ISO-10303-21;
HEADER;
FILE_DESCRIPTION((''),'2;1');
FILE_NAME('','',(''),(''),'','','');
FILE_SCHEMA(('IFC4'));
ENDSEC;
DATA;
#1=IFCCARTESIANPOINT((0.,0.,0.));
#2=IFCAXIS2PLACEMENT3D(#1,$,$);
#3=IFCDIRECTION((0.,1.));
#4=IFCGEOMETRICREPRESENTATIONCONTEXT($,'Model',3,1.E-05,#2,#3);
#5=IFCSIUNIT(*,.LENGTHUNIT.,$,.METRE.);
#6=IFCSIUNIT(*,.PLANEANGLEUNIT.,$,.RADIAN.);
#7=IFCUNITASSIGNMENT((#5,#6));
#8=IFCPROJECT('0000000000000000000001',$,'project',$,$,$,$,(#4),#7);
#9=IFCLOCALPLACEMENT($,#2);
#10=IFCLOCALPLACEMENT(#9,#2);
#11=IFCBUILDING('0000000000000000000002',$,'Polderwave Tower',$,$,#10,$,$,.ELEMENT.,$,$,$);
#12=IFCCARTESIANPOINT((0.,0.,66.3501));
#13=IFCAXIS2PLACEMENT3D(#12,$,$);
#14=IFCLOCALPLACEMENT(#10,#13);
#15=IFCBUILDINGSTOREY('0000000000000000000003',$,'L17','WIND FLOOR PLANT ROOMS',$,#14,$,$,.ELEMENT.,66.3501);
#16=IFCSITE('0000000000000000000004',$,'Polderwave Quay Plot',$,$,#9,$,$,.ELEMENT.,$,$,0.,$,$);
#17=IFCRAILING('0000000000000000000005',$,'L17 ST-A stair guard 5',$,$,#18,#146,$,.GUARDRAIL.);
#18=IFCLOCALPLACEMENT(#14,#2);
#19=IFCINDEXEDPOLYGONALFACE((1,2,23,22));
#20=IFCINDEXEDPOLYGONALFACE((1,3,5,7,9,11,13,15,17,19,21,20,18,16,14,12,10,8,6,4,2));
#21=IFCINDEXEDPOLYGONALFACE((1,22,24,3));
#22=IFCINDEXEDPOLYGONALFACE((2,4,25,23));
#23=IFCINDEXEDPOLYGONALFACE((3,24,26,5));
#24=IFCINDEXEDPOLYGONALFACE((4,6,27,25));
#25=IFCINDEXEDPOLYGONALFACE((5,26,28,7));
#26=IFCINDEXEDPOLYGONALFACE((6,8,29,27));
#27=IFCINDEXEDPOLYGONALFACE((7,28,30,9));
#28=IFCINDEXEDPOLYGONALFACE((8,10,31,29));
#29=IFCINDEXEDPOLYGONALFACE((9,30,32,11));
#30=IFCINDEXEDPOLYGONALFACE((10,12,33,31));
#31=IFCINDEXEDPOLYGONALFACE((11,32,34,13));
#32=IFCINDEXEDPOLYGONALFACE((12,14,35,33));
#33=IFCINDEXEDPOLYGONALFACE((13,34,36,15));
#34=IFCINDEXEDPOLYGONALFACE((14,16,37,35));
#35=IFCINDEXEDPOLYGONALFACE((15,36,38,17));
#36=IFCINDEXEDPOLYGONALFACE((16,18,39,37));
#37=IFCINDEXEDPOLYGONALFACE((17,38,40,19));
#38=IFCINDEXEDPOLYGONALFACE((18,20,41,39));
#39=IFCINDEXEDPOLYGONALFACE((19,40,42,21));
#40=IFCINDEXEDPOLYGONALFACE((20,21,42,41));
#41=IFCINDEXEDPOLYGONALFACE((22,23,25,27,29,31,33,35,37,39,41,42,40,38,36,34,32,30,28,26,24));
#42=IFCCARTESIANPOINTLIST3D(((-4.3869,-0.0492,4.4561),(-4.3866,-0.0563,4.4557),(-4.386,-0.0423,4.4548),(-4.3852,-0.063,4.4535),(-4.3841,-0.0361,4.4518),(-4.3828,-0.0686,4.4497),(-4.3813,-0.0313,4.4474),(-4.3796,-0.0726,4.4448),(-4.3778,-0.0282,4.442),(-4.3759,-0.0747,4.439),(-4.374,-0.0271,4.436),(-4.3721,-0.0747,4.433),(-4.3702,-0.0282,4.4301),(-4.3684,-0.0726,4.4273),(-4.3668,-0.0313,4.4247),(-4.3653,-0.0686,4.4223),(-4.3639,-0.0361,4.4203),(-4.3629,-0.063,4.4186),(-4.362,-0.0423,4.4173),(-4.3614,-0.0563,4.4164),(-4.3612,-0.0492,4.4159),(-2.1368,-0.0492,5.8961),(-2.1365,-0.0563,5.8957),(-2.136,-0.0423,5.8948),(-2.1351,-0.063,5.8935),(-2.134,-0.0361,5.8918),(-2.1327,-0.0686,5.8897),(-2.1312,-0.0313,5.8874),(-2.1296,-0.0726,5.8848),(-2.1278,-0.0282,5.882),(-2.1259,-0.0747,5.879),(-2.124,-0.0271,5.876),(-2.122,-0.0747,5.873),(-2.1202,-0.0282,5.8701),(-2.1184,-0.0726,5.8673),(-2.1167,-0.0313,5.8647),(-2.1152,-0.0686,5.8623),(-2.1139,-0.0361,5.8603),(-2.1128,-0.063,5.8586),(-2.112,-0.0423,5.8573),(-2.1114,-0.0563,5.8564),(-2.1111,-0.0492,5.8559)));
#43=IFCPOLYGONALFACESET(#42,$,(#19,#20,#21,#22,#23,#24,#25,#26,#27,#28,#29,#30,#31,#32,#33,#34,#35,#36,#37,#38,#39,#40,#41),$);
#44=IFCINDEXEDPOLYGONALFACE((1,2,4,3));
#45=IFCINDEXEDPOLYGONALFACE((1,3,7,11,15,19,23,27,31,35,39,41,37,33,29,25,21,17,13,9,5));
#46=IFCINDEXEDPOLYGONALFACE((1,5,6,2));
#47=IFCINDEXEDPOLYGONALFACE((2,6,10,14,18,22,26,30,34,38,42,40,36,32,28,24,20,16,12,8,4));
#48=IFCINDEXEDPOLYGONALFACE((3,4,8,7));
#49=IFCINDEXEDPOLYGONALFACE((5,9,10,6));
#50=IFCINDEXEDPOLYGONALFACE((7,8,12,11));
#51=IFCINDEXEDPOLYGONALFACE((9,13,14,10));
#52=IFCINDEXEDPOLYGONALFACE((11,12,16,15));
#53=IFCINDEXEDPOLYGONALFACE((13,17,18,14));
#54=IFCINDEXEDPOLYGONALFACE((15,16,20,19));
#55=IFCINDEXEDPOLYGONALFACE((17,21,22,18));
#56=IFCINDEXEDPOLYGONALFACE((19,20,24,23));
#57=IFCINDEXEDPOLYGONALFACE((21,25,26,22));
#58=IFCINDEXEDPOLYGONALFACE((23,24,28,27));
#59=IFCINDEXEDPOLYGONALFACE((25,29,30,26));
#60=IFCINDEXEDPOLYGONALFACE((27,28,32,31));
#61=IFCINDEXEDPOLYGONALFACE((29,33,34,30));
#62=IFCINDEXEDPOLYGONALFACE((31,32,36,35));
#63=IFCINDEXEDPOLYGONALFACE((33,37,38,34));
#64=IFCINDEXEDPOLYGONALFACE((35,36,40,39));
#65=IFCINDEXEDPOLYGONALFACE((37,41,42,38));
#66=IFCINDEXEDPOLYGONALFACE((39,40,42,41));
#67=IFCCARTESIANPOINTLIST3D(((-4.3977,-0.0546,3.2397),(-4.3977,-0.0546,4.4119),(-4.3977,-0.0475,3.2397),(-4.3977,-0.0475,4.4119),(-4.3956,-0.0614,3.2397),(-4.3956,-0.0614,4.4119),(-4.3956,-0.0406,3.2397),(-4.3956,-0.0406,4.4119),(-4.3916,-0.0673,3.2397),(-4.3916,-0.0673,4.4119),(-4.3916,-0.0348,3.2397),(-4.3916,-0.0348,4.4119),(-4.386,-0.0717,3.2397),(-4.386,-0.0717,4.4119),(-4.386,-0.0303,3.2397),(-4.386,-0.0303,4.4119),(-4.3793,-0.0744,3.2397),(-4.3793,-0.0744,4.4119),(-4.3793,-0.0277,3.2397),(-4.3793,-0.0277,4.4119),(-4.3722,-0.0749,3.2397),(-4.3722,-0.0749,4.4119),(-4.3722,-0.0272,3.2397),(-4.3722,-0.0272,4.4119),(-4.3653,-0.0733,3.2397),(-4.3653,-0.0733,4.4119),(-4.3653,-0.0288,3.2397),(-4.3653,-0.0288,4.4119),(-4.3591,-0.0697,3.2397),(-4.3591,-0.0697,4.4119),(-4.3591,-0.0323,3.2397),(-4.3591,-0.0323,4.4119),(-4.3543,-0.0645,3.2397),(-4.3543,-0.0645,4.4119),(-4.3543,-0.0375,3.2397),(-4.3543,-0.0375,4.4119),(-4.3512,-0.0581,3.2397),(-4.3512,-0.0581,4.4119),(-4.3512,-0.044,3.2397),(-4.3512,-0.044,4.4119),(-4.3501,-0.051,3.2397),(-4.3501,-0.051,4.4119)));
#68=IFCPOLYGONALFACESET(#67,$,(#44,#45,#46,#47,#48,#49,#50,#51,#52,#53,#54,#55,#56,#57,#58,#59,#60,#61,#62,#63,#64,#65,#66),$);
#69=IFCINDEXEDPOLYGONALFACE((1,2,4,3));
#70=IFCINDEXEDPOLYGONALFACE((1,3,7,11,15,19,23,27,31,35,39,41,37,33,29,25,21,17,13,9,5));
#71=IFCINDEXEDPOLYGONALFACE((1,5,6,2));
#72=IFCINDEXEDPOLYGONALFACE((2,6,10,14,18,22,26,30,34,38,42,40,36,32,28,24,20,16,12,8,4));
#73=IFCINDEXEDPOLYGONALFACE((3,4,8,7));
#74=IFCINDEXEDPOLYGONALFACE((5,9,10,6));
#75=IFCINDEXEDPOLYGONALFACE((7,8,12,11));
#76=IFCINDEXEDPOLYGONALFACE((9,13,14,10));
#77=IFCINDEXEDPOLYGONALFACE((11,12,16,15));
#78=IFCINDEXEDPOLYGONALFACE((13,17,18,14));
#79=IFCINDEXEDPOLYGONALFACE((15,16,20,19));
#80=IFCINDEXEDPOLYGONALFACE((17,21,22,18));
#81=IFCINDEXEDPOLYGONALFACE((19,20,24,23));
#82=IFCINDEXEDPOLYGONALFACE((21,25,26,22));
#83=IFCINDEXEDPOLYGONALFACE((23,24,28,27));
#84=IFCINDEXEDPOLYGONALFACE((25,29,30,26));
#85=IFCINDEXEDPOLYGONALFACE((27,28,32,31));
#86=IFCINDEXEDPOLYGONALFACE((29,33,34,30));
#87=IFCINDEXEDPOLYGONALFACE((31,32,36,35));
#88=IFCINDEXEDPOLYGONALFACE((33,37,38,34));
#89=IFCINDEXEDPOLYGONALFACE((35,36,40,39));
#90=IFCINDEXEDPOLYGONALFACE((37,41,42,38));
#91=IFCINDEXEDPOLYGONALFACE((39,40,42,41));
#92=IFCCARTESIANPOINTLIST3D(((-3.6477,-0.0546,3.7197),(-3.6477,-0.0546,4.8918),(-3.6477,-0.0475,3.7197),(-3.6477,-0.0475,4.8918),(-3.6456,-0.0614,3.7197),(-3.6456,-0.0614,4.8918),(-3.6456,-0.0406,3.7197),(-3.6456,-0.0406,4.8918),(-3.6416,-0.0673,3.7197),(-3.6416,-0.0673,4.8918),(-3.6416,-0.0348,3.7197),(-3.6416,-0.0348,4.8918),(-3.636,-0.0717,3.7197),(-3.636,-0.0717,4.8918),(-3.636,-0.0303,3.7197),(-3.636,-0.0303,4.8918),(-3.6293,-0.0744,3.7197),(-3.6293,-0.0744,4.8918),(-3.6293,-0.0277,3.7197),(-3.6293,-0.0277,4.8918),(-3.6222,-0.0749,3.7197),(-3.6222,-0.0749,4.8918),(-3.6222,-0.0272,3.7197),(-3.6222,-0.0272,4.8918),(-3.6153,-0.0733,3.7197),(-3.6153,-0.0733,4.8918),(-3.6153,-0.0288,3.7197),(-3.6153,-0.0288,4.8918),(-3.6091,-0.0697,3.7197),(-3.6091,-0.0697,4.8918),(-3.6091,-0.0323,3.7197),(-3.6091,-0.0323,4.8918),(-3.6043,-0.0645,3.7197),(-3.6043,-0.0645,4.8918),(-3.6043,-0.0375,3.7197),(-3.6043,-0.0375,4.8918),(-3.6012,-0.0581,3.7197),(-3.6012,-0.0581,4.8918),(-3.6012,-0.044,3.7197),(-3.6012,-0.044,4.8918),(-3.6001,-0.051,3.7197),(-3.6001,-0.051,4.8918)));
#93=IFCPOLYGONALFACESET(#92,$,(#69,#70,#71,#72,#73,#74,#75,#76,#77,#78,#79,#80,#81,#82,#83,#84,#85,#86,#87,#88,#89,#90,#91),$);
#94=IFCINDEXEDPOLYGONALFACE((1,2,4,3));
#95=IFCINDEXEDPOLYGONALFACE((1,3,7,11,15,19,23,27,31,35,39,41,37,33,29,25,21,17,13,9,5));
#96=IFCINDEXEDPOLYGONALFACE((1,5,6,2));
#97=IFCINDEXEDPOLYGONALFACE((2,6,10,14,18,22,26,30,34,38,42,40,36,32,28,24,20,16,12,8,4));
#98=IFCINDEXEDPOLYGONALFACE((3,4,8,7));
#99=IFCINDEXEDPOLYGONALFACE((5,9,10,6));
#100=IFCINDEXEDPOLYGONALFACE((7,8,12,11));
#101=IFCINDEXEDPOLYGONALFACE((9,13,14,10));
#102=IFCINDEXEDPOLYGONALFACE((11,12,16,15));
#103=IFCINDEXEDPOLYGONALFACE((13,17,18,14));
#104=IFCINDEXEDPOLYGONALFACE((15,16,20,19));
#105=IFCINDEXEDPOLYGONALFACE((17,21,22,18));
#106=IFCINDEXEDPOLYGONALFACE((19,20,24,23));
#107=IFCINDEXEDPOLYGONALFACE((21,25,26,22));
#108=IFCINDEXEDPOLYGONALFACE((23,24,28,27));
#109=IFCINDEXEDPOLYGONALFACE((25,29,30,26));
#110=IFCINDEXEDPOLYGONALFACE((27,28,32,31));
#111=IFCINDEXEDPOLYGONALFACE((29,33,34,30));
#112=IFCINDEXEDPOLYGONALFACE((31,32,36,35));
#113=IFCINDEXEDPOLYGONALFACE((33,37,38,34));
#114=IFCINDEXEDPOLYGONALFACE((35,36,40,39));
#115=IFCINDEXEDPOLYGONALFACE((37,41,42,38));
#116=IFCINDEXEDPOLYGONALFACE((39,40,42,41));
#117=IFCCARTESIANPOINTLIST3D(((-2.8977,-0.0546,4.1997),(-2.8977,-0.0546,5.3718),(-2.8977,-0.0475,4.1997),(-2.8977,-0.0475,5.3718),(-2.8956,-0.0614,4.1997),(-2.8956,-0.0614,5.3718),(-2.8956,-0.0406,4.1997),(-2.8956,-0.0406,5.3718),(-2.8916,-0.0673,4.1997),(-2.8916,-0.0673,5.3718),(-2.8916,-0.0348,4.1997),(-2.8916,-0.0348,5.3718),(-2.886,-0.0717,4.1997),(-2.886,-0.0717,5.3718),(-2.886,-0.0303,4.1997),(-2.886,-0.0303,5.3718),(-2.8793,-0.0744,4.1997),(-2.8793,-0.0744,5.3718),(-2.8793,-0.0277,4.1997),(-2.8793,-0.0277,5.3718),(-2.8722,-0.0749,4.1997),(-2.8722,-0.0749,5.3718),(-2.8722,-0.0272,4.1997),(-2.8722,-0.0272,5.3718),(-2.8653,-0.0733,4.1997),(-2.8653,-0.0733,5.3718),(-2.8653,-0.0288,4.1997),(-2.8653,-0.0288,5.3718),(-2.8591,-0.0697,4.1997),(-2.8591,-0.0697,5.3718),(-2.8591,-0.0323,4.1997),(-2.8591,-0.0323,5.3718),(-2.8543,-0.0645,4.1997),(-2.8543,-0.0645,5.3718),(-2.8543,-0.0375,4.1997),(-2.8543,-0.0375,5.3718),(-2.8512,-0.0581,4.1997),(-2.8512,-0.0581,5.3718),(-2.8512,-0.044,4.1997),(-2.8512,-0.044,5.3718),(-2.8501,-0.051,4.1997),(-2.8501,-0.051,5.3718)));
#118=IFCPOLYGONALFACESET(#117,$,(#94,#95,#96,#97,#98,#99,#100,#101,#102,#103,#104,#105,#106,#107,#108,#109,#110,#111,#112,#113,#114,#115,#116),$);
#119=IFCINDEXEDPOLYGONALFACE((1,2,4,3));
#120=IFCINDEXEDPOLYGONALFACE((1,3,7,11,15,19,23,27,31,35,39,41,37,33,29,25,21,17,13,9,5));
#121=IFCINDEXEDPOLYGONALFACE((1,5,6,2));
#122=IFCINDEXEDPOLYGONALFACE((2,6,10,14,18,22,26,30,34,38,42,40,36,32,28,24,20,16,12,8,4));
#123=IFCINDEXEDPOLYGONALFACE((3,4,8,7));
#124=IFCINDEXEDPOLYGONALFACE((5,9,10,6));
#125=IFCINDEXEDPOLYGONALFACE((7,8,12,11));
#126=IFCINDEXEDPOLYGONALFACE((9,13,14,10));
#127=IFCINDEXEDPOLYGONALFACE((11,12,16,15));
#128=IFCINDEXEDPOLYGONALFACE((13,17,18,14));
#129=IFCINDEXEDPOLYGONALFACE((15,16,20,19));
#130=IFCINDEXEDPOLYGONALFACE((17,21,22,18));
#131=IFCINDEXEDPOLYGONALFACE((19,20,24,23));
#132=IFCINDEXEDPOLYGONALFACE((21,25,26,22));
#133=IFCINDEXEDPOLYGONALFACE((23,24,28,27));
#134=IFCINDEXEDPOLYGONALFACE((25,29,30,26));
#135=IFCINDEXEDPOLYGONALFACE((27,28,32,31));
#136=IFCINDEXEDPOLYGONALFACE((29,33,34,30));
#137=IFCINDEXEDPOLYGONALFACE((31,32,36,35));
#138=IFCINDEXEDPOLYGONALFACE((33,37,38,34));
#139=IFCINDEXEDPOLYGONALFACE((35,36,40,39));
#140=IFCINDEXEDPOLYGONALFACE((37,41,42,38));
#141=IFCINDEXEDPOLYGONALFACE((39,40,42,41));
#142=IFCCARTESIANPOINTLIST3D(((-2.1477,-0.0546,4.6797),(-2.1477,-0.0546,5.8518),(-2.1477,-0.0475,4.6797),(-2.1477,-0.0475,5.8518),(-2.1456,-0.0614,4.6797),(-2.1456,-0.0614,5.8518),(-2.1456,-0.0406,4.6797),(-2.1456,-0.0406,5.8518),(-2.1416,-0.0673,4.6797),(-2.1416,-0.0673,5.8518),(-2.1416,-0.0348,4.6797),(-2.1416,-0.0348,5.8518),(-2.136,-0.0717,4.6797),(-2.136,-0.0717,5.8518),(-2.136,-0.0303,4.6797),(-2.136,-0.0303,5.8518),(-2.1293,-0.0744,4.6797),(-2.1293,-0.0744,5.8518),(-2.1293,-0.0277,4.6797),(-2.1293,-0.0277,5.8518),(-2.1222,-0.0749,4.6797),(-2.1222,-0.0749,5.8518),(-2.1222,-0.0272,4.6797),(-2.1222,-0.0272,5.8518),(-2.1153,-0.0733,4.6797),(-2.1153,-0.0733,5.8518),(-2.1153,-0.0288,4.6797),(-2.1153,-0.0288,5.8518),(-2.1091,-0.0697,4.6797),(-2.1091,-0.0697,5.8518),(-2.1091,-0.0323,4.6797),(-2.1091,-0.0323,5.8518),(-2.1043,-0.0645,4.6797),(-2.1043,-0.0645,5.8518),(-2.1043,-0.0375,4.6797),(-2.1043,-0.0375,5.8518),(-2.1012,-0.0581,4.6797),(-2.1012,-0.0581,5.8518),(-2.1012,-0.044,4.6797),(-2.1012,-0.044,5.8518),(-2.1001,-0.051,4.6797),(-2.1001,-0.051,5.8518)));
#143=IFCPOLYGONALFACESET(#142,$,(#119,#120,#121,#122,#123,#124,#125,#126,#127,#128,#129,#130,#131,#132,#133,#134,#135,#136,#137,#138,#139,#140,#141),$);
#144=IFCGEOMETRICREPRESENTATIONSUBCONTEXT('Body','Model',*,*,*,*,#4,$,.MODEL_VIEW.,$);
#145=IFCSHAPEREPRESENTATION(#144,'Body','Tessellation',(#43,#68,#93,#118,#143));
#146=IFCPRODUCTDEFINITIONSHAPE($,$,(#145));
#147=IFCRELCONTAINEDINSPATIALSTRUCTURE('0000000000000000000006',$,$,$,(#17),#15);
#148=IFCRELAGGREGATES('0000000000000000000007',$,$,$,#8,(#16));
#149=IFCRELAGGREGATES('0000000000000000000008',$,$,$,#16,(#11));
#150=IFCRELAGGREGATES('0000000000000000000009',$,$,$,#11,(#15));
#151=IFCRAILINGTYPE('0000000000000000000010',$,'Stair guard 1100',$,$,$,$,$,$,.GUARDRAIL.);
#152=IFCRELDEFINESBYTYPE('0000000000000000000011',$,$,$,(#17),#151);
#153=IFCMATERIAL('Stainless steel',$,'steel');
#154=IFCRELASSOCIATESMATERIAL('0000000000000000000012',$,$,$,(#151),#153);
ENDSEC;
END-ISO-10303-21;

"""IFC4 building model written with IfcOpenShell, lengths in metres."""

from ifc_helpers import new_model, si_unit, direction, frame, origin, origin_2d, place, context, subcontext, project, spatial, circle, extrude, material, type_object, element, save


model = new_model("IFC4")

# Units and contexts
model_context = context("Model", 3, precision=1e-05, world=origin(), true_north=direction((0.0, 1.0)))
body_context = subcontext(model_context, "Body", "Model", "MODEL_VIEW")
ifc_project = project(units=[si_unit("LENGTHUNIT", "METRE"), si_unit("PLANEANGLEUNIT", "RADIAN")], contexts=[model_context])

# Site, building, storey
site_placement = place(None, origin())
site = spatial("IfcSite", under=ifc_project, at=site_placement, Name="Polderwave Quay Plot", CompositionType="ELEMENT", RefElevation=0.0)
building_placement = place(site_placement, origin())
building = spatial("IfcBuilding", under=site, at=building_placement, Name="Polderwave Tower", CompositionType="ELEMENT")
storey_placement = place(building_placement, frame((0.0, 0.0, 66.3501)))
storey = spatial("IfcBuildingStorey", under=building, at=storey_placement, Name="L17", Description="WIND FLOOR PLANT ROOMS", CompositionType="ELEMENT", Elevation=66.3501)

# Railing
ifc_material_1 = material(Name="Stainless steel", Category="steel")
railing_type_1 = type_object("IfcRailingType", Name="Stair guard 1100", PredefinedType="GUARDRAIL", material=ifc_material_1)
railing_1_placement = place(storey_placement, frame((-4.374, -0.051, 3.2397)))
element("IfcRailing", 1, at=railing_1_placement, inside=storey, type_object=railing_type_1, Name="L17 ST-A stair guard 5", PredefinedType="GUARDRAIL", context=body_context, shape_type="SweptSolid", body=[
    extrude(circle(Radius=0.0239, at=origin_2d()), frame((0.0, 0.0, 1.1963), z_axis=(0.842281, 0.0, 0.539038), x_axis=(0.0, 1.0, 0.0)), (0.0, 0.0, 1.0), 2.6714),
    extrude(circle(Radius=0.0239, at=origin_2d()), origin(), (0.0, 0.0, 1.0), 1.1721),
    extrude(circle(Radius=0.0239, at=origin_2d()), frame((0.75, 0.0, 0.48)), (0.0, 0.0, 1.0), 1.1721),
    extrude(circle(Radius=0.0239, at=origin_2d()), frame((1.5, 0.0, 0.96)), (0.0, 0.0, 1.0), 1.1721),
    extrude(circle(Radius=0.0239, at=origin_2d()), frame((2.25, 0.0, 1.4399)), (0.0, 0.0, 1.0), 1.1721),
])

save(model, "model.ifc")
